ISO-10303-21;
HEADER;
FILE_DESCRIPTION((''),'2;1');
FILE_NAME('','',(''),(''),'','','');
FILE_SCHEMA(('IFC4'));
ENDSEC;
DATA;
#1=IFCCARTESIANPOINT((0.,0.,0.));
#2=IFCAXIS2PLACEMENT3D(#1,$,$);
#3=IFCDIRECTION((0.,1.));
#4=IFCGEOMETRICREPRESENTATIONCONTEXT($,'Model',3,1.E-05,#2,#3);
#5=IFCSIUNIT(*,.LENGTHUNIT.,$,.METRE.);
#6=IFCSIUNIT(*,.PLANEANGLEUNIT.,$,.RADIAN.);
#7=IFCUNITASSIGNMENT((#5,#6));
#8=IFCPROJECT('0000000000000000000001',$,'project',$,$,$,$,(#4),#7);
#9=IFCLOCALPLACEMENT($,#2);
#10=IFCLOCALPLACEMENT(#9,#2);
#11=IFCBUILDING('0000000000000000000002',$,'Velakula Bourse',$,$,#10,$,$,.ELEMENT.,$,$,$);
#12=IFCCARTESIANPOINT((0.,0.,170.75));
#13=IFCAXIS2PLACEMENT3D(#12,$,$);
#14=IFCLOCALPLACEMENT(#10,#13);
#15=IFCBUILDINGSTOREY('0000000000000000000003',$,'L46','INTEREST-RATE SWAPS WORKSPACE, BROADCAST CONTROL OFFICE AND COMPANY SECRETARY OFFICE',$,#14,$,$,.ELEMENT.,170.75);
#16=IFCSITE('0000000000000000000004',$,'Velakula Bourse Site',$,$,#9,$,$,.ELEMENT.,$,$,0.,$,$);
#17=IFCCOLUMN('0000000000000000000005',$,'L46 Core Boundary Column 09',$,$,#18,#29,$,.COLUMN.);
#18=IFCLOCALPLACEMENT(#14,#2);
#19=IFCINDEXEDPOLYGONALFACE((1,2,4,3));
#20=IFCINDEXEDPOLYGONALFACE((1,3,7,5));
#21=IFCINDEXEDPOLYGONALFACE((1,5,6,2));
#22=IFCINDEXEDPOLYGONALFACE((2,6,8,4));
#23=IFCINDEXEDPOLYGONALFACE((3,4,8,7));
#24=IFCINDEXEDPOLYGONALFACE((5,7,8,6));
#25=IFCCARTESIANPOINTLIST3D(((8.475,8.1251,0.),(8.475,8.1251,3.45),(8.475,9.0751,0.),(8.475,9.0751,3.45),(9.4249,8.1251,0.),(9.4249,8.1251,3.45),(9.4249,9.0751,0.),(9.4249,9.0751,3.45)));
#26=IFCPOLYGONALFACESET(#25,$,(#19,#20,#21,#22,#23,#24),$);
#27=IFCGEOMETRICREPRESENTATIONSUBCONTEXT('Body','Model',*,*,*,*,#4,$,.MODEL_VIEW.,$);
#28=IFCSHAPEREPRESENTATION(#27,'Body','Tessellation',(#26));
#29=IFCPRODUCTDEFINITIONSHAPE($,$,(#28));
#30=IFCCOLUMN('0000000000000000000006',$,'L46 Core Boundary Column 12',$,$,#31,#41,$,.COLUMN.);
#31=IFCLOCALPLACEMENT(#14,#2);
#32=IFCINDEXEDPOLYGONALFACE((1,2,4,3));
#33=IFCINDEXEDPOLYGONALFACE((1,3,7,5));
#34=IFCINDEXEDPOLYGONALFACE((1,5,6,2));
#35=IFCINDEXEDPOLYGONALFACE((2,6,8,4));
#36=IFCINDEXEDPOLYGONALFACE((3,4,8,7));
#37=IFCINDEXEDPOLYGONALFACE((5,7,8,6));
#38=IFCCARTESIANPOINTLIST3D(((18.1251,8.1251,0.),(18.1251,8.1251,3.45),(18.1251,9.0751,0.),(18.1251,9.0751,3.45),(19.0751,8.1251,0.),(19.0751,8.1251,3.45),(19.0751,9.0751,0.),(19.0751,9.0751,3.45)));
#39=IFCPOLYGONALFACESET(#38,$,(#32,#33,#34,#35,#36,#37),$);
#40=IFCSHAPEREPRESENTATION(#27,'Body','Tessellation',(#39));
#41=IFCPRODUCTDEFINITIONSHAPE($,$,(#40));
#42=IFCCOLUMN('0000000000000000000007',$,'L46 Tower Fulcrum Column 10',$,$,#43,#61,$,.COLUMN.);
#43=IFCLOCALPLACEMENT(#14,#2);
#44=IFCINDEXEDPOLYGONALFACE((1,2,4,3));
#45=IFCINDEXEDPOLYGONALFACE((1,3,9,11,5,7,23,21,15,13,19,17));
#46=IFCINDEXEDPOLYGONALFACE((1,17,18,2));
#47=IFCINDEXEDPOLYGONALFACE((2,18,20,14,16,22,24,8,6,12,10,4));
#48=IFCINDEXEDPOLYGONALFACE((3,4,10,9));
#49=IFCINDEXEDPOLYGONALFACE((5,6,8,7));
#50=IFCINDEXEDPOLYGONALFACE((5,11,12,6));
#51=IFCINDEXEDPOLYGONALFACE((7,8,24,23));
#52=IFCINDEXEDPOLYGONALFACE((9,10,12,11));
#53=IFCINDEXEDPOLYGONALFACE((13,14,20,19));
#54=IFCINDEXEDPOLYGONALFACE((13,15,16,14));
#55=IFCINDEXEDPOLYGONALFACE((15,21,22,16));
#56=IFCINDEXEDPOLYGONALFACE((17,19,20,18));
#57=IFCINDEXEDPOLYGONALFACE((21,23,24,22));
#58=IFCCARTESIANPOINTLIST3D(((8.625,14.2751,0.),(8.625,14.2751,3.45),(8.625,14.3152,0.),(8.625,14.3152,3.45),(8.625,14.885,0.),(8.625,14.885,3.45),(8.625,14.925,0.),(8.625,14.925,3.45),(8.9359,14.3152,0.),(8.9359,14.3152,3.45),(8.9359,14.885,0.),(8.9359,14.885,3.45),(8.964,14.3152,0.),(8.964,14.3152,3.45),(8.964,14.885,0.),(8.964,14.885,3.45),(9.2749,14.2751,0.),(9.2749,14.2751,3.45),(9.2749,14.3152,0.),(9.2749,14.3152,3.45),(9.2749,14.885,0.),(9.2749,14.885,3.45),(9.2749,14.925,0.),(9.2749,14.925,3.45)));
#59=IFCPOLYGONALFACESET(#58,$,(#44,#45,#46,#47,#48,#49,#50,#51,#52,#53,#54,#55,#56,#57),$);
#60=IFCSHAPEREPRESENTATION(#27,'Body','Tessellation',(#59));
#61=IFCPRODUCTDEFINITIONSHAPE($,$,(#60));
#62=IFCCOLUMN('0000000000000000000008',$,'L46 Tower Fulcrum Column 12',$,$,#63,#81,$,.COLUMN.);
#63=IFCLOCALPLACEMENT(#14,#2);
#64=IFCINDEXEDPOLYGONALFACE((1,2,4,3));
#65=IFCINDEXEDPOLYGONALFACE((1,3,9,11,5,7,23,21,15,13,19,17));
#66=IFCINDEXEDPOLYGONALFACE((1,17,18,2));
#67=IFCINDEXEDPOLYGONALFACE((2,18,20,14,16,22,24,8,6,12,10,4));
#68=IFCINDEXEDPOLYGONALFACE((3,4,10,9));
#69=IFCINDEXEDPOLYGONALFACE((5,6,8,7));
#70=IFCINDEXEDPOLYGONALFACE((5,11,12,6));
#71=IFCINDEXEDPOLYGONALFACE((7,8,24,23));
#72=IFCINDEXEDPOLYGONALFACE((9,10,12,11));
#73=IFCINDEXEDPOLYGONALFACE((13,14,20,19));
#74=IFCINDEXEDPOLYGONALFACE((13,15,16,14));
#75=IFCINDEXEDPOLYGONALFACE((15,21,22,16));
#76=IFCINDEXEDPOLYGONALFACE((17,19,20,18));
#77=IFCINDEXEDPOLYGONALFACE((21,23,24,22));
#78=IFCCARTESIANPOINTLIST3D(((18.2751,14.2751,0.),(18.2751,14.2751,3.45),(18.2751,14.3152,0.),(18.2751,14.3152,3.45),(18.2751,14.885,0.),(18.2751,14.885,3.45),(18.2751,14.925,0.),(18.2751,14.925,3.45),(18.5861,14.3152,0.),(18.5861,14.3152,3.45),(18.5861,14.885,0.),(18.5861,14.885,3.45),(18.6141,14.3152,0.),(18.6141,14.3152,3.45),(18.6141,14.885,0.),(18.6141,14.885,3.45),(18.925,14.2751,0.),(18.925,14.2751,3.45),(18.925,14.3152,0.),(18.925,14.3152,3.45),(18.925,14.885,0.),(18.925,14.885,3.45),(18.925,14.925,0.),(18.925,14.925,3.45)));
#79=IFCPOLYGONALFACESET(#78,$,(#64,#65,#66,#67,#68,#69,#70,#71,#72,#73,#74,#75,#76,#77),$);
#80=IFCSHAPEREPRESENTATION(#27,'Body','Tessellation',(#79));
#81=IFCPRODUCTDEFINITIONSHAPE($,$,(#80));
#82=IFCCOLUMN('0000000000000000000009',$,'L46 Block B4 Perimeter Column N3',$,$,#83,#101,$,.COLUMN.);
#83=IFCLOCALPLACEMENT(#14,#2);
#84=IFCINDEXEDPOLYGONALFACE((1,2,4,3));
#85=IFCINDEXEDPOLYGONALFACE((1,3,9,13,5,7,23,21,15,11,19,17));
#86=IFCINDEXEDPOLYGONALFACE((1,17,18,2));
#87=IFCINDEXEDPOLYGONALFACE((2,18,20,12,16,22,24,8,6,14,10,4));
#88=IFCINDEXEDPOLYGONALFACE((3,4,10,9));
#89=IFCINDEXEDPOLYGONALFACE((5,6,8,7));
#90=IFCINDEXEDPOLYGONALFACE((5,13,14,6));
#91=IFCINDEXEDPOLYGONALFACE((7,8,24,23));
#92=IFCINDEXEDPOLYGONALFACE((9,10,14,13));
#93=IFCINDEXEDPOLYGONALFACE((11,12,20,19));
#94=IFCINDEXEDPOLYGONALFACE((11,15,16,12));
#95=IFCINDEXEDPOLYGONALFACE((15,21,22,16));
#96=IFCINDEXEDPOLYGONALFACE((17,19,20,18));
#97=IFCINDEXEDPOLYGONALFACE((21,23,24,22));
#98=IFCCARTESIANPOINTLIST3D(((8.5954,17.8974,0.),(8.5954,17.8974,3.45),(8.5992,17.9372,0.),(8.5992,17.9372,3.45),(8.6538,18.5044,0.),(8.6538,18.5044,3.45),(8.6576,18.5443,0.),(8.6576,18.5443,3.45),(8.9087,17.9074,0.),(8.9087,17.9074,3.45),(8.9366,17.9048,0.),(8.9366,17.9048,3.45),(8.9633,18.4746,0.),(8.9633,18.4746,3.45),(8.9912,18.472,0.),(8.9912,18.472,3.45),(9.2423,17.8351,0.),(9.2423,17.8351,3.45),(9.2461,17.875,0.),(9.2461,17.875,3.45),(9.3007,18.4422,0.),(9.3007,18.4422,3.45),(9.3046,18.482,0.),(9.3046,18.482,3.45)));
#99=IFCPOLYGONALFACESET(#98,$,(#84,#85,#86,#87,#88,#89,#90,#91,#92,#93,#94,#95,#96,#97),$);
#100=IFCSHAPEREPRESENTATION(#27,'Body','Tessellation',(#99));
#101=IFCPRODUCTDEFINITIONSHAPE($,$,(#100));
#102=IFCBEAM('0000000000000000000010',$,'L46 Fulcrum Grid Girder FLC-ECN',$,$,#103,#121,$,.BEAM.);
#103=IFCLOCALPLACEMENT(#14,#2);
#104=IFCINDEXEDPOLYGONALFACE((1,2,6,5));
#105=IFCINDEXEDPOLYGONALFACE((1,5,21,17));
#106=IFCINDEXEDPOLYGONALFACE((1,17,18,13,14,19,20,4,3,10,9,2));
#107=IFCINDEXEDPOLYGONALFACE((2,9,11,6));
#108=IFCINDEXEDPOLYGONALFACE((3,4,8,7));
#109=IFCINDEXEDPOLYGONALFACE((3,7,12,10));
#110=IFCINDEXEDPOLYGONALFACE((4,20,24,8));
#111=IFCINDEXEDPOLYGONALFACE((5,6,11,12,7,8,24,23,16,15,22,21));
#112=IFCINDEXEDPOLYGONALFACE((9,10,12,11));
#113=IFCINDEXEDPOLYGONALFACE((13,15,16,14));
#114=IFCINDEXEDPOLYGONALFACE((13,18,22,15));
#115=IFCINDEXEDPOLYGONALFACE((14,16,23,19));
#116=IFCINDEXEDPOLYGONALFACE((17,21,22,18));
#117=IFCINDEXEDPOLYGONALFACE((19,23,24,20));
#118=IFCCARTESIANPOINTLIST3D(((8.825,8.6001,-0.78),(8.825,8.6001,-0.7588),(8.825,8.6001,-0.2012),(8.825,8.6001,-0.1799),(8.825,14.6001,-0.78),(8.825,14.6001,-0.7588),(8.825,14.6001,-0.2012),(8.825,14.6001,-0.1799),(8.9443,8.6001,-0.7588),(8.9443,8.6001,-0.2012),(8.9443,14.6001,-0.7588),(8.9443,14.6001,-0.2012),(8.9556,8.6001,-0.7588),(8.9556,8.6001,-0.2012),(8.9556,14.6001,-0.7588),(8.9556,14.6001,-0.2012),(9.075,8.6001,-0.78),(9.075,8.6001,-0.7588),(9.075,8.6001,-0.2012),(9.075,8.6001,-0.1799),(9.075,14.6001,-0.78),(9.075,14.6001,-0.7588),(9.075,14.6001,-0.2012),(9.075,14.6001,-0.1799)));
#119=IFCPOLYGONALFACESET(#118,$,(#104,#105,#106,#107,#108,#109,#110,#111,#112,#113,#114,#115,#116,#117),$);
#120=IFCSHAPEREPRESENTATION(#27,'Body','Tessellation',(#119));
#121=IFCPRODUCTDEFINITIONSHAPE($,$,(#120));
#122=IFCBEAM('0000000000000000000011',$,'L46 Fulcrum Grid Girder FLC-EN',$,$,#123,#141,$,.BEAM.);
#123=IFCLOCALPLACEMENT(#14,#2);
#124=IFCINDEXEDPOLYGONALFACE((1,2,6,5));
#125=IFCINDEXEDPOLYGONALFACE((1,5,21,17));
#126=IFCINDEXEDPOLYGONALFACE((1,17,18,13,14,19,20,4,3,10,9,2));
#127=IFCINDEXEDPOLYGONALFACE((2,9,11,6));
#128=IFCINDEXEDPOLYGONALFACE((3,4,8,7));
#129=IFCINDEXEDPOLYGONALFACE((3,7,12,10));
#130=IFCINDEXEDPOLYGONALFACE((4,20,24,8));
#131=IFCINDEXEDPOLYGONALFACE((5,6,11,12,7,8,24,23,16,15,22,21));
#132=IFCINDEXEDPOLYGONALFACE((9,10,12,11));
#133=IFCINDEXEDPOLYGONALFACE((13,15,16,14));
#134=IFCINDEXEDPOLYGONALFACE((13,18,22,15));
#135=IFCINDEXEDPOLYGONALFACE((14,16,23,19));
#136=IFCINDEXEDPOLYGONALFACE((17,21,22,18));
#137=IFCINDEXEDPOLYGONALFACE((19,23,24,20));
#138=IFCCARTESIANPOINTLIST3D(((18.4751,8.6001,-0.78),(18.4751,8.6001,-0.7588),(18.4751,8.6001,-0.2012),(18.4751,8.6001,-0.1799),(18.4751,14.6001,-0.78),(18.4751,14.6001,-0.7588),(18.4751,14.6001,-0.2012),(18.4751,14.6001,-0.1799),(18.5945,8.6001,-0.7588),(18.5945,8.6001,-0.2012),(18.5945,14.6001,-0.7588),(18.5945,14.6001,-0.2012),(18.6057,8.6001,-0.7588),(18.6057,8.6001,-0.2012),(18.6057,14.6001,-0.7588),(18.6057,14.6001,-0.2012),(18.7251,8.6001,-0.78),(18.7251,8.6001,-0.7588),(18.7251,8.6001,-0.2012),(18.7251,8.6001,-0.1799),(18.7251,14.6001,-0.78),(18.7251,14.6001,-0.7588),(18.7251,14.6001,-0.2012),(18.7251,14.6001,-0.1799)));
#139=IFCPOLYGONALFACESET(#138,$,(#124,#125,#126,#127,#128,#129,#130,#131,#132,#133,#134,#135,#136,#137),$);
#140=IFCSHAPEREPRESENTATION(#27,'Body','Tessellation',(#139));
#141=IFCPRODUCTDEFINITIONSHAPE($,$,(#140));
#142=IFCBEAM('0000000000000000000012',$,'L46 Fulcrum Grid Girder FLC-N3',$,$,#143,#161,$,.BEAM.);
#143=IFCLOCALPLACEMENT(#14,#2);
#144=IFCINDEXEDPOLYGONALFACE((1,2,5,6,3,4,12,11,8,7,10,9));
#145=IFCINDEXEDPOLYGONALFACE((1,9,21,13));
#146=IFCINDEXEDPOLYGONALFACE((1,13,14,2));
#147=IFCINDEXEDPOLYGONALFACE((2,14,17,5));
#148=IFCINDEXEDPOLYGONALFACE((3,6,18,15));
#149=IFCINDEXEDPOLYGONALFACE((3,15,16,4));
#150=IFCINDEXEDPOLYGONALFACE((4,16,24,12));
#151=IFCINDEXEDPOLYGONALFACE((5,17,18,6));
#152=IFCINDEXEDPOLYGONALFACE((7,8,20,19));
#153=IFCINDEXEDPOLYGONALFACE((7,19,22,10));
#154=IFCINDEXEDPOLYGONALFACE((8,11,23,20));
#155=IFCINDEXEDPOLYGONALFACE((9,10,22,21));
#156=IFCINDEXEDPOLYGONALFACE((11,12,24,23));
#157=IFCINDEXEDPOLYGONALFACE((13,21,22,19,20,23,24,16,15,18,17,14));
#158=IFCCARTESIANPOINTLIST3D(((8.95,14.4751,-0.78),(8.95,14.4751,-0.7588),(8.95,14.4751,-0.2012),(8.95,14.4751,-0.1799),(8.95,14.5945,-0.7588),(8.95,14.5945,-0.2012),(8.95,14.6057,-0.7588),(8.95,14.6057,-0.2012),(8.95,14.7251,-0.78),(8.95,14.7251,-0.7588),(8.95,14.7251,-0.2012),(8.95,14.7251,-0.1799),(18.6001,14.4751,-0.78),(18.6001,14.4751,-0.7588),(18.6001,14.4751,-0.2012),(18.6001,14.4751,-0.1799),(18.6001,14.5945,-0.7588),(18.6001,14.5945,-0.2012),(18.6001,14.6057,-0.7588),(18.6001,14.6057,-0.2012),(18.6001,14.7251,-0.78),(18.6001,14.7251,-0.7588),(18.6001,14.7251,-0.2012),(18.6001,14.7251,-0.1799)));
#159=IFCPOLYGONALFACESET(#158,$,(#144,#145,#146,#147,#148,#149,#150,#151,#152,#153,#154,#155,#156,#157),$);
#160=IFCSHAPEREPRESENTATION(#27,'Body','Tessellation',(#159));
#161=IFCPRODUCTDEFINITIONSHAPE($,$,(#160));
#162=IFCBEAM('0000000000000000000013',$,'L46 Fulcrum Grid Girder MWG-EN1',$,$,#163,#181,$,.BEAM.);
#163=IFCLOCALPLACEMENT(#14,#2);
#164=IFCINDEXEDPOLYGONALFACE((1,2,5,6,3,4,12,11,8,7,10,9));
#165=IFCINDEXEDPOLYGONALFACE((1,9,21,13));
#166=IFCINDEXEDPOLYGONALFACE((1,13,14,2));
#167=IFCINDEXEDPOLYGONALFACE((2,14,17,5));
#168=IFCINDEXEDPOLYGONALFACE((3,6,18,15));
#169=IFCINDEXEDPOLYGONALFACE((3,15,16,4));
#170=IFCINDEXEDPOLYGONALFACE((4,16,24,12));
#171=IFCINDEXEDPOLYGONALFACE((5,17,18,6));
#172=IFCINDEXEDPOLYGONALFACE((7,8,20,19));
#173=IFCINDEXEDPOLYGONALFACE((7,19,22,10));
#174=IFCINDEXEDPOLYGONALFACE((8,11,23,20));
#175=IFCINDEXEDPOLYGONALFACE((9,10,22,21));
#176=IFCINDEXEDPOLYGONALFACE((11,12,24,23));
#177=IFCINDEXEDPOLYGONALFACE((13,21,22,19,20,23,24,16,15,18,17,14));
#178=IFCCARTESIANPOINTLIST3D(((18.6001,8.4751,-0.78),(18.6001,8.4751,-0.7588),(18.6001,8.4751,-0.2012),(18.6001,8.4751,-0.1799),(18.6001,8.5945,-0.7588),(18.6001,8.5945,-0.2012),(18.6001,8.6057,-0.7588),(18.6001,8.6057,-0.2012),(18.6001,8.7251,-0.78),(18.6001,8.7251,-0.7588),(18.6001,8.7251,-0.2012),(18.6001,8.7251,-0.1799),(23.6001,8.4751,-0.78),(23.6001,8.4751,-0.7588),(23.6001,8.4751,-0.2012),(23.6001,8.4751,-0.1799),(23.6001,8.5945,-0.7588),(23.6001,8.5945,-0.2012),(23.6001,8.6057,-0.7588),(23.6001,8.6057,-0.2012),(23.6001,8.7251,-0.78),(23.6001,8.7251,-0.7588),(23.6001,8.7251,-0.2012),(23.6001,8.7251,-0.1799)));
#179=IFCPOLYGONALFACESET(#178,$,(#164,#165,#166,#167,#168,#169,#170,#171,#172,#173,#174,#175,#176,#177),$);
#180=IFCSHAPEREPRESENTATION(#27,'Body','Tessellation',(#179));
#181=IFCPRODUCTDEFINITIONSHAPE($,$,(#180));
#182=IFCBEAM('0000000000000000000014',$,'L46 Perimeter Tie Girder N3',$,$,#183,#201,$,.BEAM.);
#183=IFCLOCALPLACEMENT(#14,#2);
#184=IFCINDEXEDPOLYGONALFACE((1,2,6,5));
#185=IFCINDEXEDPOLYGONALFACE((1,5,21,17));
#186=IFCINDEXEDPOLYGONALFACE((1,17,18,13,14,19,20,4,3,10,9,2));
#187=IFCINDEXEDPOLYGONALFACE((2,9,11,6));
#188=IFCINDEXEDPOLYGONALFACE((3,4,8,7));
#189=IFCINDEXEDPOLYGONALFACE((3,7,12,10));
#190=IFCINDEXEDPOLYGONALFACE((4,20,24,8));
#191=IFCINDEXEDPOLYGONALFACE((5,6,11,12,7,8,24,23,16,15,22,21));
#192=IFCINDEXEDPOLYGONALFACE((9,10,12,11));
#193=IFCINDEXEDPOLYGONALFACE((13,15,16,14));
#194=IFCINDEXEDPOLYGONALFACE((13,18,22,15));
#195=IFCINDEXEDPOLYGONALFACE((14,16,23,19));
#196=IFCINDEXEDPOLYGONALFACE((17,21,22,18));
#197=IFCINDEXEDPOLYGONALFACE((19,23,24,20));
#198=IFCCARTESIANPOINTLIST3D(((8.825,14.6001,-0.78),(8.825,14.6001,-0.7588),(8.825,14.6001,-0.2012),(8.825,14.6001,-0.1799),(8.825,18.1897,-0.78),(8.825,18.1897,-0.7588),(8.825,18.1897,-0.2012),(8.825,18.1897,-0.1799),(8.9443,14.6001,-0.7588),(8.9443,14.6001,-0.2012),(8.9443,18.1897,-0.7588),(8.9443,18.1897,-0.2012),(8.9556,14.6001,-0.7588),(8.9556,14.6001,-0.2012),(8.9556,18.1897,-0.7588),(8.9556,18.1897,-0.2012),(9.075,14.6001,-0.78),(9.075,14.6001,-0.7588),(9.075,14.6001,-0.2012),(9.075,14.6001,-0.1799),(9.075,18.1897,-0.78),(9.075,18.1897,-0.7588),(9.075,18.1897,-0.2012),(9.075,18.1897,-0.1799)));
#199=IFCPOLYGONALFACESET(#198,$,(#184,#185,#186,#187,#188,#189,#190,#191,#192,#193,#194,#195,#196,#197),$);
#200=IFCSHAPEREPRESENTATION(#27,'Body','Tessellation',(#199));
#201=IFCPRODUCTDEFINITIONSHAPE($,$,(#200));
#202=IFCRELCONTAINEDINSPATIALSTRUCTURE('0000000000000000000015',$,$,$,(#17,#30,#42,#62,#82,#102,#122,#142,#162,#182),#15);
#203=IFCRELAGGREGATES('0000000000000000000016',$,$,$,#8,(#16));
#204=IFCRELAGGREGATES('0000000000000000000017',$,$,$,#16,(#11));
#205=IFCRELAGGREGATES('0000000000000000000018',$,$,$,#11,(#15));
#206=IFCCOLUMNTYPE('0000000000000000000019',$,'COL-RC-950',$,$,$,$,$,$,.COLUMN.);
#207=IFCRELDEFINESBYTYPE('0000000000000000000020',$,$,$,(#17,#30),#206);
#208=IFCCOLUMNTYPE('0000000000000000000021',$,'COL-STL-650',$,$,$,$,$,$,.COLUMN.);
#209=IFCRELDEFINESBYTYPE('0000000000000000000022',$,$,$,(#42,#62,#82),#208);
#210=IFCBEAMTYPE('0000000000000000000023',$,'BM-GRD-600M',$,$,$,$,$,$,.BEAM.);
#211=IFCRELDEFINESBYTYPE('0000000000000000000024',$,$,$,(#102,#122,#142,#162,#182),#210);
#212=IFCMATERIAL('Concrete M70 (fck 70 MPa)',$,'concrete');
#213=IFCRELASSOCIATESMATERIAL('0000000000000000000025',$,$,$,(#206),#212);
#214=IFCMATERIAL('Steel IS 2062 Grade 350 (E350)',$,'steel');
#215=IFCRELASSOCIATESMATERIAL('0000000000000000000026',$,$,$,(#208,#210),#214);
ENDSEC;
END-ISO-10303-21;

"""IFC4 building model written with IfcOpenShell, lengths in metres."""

from ifc_helpers import new_model, si_unit, direction, frame, origin, origin_2d, place, context, subcontext, project, spatial, rectangle, i_section, extrude, material, material_profile, profile_set, type_object, element, save


model = new_model("IFC4")

# Units and contexts
model_context = context("Model", 3, precision=1e-05, world=origin(), true_north=direction((0.0, 1.0)))
body_context = subcontext(model_context, "Body", "Model", "MODEL_VIEW")
ifc_project = project(units=[si_unit("LENGTHUNIT", "METRE"), si_unit("PLANEANGLEUNIT", "RADIAN")], contexts=[model_context])

# Site, building, storey
site_placement = place(None, origin())
site = spatial("IfcSite", under=ifc_project, at=site_placement, Name="Velakula Bourse Site", CompositionType="ELEMENT", RefElevation=0.0)
building_placement = place(site_placement, origin())
building = spatial("IfcBuilding", under=site, at=building_placement, Name="Velakula Bourse", CompositionType="ELEMENT")
storey_placement = place(building_placement, frame((0.0, 0.0, 170.75)))
storey = spatial("IfcBuildingStorey", under=building, at=storey_placement, Name="L46", Description="INTEREST-RATE SWAPS WORKSPACE, BROADCAST CONTROL OFFICE AND COMPANY SECRETARY OFFICE", CompositionType="ELEMENT", Elevation=170.75)

# Columns
ifc_material_1 = material(Name="Concrete M70 (fck 70 MPa)", Category="concrete")
ifc_material_profile_1 = material_profile(ifc_material_1, rectangle(XDim=0.95, YDim=0.95, at=origin_2d()), Name="Concrete M70 (fck 70 MPa)")
ifc_profile_set_1 = profile_set([ifc_material_profile_1], Name="Concrete M70 (fck 70 MPa)")
column_type_1 = type_object("IfcColumnType", Name="COL-RC-950", PredefinedType="COLUMN", material=ifc_profile_set_1)
for number, where, z_axis, x_axis, name in (
    (1, (8.95, 8.6001, 0.0), (0.0, 0.0, 1.0), (1.0, 0.0, 0.0), "L46 Core Boundary Column 09"),
    (2, (18.6001, 8.6001, 0.0), (0.0, 0.0, 1.0), (1.0, 0.0, 0.0), "L46 Core Boundary Column 12"),
):
    element("IfcColumn", number, at=place(storey_placement, frame(where, z_axis=z_axis, x_axis=x_axis)), inside=storey, type_object=column_type_1, Name=name, PredefinedType="COLUMN", context=body_context, shape_type="SweptSolid", body=[
        extrude(rectangle(XDim=0.95, YDim=0.95, at=origin_2d()), origin(), (0.0, 0.0, 1.0), 3.45),
    ])
ifc_material_2 = material(Name="Steel IS 2062 Grade 350 (E350)", Category="steel")
ifc_material_profile_2 = material_profile(ifc_material_2, i_section(OverallWidth=0.6499, OverallDepth=0.6499, WebThickness=0.0281, FlangeThickness=0.04, at=origin_2d()), Name="Steel IS 2062 Grade 350 (E350)")
ifc_profile_set_2 = profile_set([ifc_material_profile_2], Name="Steel IS 2062 Grade 350 (E350)")
column_type_2 = type_object("IfcColumnType", Name="COL-STL-650", PredefinedType="COLUMN", material=ifc_profile_set_2)
for number, where, z_axis, x_axis, name in (
    (3, (8.95, 14.6001, 0.0), (0.0, 0.0, 1.0), (1.0, 0.0, 0.0), "L46 Tower Fulcrum Column 10"),
    (4, (18.6001, 14.6001, 0.0), (0.0, 0.0, 1.0), (1.0, 0.0, 0.0), "L46 Tower Fulcrum Column 12"),
    (5, (8.95, 18.1897, 0.0), (0.0, 0.0, 1.0), (0.995396, -0.095846, 0.0), "L46 Block B4 Perimeter Column N3"),
):
    element("IfcColumn", number, at=place(storey_placement, frame(where, z_axis=z_axis, x_axis=x_axis)), inside=storey, type_object=column_type_2, Name=name, PredefinedType="COLUMN", context=body_context, shape_type="SweptSolid", body=[
        extrude(i_section(OverallWidth=0.6499, OverallDepth=0.6499, WebThickness=0.0281, FlangeThickness=0.04, at=origin_2d()), origin(), (0.0, 0.0, 1.0), 3.45),
    ])

# Beams
ifc_material_profile_3 = material_profile(ifc_material_2, i_section(OverallWidth=0.25, OverallDepth=0.6001, WebThickness=0.0112, FlangeThickness=0.0212, at=origin_2d()), Name="Steel IS 2062 Grade 350 (E350)")
ifc_profile_set_3 = profile_set([ifc_material_profile_3], Name="Steel IS 2062 Grade 350 (E350)")
beam_type_1 = type_object("IfcBeamType", Name="BM-GRD-600M", PredefinedType="BEAM", material=ifc_profile_set_3)
for number, where, z_axis, x_axis, name in (
    (6, (8.95, 8.6001, -0.48), (0.0, 1.0, 0.0), (-1.0, 0.0, 0.0), "L46 Fulcrum Grid Girder FLC-ECN"),
    (7, (18.6001, 8.6001, -0.48), (0.0, 1.0, 0.0), (-1.0, 0.0, 0.0), "L46 Fulcrum Grid Girder FLC-EN"),
):
    element("IfcBeam", number, at=place(storey_placement, frame(where, z_axis=z_axis, x_axis=x_axis)), inside=storey, type_object=beam_type_1, Name=name, PredefinedType="BEAM", context=body_context, shape_type="SweptSolid", body=[
        extrude(i_section(OverallWidth=0.25, OverallDepth=0.6001, WebThickness=0.0112, FlangeThickness=0.0212, at=origin_2d()), origin(), (0.0, 0.0, 1.0), 6.0),
    ])
beam_1_placement = place(storey_placement, frame((8.95, 14.6001, -0.48), z_axis=(1.0, 0.0, 0.0), x_axis=(0.0, 1.0, 0.0)))
element("IfcBeam", 8, at=beam_1_placement, inside=storey, type_object=beam_type_1, Name="L46 Fulcrum Grid Girder FLC-N3", PredefinedType="BEAM", context=body_context, shape_type="SweptSolid", body=[
    extrude(i_section(OverallWidth=0.25, OverallDepth=0.6001, WebThickness=0.0112, FlangeThickness=0.0212, at=origin_2d()), origin(), (0.0, 0.0, 1.0), 9.6501),
])
beam_2_placement = place(storey_placement, frame((18.6001, 8.6001, -0.48), z_axis=(1.0, 0.0, 0.0), x_axis=(0.0, 1.0, 0.0)))
element("IfcBeam", 9, at=beam_2_placement, inside=storey, type_object=beam_type_1, Name="L46 Fulcrum Grid Girder MWG-EN1", PredefinedType="BEAM", context=body_context, shape_type="SweptSolid", body=[
    extrude(i_section(OverallWidth=0.25, OverallDepth=0.6001, WebThickness=0.0112, FlangeThickness=0.0212, at=origin_2d()), origin(), (0.0, 0.0, 1.0), 5.0),
])
beam_3_placement = place(storey_placement, frame((8.95, 14.6001, -0.48), z_axis=(0.0, 1.0, 0.0), x_axis=(-1.0, 0.0, 0.0)))
element("IfcBeam", 10, at=beam_3_placement, inside=storey, type_object=beam_type_1, Name="L46 Perimeter Tie Girder N3", PredefinedType="BEAM", context=body_context, shape_type="SweptSolid", body=[
    extrude(i_section(OverallWidth=0.25, OverallDepth=0.6001, WebThickness=0.0112, FlangeThickness=0.0212, at=origin_2d()), origin(), (0.0, 0.0, 1.0), 3.5896),
])

save(model, "model.ifc")
